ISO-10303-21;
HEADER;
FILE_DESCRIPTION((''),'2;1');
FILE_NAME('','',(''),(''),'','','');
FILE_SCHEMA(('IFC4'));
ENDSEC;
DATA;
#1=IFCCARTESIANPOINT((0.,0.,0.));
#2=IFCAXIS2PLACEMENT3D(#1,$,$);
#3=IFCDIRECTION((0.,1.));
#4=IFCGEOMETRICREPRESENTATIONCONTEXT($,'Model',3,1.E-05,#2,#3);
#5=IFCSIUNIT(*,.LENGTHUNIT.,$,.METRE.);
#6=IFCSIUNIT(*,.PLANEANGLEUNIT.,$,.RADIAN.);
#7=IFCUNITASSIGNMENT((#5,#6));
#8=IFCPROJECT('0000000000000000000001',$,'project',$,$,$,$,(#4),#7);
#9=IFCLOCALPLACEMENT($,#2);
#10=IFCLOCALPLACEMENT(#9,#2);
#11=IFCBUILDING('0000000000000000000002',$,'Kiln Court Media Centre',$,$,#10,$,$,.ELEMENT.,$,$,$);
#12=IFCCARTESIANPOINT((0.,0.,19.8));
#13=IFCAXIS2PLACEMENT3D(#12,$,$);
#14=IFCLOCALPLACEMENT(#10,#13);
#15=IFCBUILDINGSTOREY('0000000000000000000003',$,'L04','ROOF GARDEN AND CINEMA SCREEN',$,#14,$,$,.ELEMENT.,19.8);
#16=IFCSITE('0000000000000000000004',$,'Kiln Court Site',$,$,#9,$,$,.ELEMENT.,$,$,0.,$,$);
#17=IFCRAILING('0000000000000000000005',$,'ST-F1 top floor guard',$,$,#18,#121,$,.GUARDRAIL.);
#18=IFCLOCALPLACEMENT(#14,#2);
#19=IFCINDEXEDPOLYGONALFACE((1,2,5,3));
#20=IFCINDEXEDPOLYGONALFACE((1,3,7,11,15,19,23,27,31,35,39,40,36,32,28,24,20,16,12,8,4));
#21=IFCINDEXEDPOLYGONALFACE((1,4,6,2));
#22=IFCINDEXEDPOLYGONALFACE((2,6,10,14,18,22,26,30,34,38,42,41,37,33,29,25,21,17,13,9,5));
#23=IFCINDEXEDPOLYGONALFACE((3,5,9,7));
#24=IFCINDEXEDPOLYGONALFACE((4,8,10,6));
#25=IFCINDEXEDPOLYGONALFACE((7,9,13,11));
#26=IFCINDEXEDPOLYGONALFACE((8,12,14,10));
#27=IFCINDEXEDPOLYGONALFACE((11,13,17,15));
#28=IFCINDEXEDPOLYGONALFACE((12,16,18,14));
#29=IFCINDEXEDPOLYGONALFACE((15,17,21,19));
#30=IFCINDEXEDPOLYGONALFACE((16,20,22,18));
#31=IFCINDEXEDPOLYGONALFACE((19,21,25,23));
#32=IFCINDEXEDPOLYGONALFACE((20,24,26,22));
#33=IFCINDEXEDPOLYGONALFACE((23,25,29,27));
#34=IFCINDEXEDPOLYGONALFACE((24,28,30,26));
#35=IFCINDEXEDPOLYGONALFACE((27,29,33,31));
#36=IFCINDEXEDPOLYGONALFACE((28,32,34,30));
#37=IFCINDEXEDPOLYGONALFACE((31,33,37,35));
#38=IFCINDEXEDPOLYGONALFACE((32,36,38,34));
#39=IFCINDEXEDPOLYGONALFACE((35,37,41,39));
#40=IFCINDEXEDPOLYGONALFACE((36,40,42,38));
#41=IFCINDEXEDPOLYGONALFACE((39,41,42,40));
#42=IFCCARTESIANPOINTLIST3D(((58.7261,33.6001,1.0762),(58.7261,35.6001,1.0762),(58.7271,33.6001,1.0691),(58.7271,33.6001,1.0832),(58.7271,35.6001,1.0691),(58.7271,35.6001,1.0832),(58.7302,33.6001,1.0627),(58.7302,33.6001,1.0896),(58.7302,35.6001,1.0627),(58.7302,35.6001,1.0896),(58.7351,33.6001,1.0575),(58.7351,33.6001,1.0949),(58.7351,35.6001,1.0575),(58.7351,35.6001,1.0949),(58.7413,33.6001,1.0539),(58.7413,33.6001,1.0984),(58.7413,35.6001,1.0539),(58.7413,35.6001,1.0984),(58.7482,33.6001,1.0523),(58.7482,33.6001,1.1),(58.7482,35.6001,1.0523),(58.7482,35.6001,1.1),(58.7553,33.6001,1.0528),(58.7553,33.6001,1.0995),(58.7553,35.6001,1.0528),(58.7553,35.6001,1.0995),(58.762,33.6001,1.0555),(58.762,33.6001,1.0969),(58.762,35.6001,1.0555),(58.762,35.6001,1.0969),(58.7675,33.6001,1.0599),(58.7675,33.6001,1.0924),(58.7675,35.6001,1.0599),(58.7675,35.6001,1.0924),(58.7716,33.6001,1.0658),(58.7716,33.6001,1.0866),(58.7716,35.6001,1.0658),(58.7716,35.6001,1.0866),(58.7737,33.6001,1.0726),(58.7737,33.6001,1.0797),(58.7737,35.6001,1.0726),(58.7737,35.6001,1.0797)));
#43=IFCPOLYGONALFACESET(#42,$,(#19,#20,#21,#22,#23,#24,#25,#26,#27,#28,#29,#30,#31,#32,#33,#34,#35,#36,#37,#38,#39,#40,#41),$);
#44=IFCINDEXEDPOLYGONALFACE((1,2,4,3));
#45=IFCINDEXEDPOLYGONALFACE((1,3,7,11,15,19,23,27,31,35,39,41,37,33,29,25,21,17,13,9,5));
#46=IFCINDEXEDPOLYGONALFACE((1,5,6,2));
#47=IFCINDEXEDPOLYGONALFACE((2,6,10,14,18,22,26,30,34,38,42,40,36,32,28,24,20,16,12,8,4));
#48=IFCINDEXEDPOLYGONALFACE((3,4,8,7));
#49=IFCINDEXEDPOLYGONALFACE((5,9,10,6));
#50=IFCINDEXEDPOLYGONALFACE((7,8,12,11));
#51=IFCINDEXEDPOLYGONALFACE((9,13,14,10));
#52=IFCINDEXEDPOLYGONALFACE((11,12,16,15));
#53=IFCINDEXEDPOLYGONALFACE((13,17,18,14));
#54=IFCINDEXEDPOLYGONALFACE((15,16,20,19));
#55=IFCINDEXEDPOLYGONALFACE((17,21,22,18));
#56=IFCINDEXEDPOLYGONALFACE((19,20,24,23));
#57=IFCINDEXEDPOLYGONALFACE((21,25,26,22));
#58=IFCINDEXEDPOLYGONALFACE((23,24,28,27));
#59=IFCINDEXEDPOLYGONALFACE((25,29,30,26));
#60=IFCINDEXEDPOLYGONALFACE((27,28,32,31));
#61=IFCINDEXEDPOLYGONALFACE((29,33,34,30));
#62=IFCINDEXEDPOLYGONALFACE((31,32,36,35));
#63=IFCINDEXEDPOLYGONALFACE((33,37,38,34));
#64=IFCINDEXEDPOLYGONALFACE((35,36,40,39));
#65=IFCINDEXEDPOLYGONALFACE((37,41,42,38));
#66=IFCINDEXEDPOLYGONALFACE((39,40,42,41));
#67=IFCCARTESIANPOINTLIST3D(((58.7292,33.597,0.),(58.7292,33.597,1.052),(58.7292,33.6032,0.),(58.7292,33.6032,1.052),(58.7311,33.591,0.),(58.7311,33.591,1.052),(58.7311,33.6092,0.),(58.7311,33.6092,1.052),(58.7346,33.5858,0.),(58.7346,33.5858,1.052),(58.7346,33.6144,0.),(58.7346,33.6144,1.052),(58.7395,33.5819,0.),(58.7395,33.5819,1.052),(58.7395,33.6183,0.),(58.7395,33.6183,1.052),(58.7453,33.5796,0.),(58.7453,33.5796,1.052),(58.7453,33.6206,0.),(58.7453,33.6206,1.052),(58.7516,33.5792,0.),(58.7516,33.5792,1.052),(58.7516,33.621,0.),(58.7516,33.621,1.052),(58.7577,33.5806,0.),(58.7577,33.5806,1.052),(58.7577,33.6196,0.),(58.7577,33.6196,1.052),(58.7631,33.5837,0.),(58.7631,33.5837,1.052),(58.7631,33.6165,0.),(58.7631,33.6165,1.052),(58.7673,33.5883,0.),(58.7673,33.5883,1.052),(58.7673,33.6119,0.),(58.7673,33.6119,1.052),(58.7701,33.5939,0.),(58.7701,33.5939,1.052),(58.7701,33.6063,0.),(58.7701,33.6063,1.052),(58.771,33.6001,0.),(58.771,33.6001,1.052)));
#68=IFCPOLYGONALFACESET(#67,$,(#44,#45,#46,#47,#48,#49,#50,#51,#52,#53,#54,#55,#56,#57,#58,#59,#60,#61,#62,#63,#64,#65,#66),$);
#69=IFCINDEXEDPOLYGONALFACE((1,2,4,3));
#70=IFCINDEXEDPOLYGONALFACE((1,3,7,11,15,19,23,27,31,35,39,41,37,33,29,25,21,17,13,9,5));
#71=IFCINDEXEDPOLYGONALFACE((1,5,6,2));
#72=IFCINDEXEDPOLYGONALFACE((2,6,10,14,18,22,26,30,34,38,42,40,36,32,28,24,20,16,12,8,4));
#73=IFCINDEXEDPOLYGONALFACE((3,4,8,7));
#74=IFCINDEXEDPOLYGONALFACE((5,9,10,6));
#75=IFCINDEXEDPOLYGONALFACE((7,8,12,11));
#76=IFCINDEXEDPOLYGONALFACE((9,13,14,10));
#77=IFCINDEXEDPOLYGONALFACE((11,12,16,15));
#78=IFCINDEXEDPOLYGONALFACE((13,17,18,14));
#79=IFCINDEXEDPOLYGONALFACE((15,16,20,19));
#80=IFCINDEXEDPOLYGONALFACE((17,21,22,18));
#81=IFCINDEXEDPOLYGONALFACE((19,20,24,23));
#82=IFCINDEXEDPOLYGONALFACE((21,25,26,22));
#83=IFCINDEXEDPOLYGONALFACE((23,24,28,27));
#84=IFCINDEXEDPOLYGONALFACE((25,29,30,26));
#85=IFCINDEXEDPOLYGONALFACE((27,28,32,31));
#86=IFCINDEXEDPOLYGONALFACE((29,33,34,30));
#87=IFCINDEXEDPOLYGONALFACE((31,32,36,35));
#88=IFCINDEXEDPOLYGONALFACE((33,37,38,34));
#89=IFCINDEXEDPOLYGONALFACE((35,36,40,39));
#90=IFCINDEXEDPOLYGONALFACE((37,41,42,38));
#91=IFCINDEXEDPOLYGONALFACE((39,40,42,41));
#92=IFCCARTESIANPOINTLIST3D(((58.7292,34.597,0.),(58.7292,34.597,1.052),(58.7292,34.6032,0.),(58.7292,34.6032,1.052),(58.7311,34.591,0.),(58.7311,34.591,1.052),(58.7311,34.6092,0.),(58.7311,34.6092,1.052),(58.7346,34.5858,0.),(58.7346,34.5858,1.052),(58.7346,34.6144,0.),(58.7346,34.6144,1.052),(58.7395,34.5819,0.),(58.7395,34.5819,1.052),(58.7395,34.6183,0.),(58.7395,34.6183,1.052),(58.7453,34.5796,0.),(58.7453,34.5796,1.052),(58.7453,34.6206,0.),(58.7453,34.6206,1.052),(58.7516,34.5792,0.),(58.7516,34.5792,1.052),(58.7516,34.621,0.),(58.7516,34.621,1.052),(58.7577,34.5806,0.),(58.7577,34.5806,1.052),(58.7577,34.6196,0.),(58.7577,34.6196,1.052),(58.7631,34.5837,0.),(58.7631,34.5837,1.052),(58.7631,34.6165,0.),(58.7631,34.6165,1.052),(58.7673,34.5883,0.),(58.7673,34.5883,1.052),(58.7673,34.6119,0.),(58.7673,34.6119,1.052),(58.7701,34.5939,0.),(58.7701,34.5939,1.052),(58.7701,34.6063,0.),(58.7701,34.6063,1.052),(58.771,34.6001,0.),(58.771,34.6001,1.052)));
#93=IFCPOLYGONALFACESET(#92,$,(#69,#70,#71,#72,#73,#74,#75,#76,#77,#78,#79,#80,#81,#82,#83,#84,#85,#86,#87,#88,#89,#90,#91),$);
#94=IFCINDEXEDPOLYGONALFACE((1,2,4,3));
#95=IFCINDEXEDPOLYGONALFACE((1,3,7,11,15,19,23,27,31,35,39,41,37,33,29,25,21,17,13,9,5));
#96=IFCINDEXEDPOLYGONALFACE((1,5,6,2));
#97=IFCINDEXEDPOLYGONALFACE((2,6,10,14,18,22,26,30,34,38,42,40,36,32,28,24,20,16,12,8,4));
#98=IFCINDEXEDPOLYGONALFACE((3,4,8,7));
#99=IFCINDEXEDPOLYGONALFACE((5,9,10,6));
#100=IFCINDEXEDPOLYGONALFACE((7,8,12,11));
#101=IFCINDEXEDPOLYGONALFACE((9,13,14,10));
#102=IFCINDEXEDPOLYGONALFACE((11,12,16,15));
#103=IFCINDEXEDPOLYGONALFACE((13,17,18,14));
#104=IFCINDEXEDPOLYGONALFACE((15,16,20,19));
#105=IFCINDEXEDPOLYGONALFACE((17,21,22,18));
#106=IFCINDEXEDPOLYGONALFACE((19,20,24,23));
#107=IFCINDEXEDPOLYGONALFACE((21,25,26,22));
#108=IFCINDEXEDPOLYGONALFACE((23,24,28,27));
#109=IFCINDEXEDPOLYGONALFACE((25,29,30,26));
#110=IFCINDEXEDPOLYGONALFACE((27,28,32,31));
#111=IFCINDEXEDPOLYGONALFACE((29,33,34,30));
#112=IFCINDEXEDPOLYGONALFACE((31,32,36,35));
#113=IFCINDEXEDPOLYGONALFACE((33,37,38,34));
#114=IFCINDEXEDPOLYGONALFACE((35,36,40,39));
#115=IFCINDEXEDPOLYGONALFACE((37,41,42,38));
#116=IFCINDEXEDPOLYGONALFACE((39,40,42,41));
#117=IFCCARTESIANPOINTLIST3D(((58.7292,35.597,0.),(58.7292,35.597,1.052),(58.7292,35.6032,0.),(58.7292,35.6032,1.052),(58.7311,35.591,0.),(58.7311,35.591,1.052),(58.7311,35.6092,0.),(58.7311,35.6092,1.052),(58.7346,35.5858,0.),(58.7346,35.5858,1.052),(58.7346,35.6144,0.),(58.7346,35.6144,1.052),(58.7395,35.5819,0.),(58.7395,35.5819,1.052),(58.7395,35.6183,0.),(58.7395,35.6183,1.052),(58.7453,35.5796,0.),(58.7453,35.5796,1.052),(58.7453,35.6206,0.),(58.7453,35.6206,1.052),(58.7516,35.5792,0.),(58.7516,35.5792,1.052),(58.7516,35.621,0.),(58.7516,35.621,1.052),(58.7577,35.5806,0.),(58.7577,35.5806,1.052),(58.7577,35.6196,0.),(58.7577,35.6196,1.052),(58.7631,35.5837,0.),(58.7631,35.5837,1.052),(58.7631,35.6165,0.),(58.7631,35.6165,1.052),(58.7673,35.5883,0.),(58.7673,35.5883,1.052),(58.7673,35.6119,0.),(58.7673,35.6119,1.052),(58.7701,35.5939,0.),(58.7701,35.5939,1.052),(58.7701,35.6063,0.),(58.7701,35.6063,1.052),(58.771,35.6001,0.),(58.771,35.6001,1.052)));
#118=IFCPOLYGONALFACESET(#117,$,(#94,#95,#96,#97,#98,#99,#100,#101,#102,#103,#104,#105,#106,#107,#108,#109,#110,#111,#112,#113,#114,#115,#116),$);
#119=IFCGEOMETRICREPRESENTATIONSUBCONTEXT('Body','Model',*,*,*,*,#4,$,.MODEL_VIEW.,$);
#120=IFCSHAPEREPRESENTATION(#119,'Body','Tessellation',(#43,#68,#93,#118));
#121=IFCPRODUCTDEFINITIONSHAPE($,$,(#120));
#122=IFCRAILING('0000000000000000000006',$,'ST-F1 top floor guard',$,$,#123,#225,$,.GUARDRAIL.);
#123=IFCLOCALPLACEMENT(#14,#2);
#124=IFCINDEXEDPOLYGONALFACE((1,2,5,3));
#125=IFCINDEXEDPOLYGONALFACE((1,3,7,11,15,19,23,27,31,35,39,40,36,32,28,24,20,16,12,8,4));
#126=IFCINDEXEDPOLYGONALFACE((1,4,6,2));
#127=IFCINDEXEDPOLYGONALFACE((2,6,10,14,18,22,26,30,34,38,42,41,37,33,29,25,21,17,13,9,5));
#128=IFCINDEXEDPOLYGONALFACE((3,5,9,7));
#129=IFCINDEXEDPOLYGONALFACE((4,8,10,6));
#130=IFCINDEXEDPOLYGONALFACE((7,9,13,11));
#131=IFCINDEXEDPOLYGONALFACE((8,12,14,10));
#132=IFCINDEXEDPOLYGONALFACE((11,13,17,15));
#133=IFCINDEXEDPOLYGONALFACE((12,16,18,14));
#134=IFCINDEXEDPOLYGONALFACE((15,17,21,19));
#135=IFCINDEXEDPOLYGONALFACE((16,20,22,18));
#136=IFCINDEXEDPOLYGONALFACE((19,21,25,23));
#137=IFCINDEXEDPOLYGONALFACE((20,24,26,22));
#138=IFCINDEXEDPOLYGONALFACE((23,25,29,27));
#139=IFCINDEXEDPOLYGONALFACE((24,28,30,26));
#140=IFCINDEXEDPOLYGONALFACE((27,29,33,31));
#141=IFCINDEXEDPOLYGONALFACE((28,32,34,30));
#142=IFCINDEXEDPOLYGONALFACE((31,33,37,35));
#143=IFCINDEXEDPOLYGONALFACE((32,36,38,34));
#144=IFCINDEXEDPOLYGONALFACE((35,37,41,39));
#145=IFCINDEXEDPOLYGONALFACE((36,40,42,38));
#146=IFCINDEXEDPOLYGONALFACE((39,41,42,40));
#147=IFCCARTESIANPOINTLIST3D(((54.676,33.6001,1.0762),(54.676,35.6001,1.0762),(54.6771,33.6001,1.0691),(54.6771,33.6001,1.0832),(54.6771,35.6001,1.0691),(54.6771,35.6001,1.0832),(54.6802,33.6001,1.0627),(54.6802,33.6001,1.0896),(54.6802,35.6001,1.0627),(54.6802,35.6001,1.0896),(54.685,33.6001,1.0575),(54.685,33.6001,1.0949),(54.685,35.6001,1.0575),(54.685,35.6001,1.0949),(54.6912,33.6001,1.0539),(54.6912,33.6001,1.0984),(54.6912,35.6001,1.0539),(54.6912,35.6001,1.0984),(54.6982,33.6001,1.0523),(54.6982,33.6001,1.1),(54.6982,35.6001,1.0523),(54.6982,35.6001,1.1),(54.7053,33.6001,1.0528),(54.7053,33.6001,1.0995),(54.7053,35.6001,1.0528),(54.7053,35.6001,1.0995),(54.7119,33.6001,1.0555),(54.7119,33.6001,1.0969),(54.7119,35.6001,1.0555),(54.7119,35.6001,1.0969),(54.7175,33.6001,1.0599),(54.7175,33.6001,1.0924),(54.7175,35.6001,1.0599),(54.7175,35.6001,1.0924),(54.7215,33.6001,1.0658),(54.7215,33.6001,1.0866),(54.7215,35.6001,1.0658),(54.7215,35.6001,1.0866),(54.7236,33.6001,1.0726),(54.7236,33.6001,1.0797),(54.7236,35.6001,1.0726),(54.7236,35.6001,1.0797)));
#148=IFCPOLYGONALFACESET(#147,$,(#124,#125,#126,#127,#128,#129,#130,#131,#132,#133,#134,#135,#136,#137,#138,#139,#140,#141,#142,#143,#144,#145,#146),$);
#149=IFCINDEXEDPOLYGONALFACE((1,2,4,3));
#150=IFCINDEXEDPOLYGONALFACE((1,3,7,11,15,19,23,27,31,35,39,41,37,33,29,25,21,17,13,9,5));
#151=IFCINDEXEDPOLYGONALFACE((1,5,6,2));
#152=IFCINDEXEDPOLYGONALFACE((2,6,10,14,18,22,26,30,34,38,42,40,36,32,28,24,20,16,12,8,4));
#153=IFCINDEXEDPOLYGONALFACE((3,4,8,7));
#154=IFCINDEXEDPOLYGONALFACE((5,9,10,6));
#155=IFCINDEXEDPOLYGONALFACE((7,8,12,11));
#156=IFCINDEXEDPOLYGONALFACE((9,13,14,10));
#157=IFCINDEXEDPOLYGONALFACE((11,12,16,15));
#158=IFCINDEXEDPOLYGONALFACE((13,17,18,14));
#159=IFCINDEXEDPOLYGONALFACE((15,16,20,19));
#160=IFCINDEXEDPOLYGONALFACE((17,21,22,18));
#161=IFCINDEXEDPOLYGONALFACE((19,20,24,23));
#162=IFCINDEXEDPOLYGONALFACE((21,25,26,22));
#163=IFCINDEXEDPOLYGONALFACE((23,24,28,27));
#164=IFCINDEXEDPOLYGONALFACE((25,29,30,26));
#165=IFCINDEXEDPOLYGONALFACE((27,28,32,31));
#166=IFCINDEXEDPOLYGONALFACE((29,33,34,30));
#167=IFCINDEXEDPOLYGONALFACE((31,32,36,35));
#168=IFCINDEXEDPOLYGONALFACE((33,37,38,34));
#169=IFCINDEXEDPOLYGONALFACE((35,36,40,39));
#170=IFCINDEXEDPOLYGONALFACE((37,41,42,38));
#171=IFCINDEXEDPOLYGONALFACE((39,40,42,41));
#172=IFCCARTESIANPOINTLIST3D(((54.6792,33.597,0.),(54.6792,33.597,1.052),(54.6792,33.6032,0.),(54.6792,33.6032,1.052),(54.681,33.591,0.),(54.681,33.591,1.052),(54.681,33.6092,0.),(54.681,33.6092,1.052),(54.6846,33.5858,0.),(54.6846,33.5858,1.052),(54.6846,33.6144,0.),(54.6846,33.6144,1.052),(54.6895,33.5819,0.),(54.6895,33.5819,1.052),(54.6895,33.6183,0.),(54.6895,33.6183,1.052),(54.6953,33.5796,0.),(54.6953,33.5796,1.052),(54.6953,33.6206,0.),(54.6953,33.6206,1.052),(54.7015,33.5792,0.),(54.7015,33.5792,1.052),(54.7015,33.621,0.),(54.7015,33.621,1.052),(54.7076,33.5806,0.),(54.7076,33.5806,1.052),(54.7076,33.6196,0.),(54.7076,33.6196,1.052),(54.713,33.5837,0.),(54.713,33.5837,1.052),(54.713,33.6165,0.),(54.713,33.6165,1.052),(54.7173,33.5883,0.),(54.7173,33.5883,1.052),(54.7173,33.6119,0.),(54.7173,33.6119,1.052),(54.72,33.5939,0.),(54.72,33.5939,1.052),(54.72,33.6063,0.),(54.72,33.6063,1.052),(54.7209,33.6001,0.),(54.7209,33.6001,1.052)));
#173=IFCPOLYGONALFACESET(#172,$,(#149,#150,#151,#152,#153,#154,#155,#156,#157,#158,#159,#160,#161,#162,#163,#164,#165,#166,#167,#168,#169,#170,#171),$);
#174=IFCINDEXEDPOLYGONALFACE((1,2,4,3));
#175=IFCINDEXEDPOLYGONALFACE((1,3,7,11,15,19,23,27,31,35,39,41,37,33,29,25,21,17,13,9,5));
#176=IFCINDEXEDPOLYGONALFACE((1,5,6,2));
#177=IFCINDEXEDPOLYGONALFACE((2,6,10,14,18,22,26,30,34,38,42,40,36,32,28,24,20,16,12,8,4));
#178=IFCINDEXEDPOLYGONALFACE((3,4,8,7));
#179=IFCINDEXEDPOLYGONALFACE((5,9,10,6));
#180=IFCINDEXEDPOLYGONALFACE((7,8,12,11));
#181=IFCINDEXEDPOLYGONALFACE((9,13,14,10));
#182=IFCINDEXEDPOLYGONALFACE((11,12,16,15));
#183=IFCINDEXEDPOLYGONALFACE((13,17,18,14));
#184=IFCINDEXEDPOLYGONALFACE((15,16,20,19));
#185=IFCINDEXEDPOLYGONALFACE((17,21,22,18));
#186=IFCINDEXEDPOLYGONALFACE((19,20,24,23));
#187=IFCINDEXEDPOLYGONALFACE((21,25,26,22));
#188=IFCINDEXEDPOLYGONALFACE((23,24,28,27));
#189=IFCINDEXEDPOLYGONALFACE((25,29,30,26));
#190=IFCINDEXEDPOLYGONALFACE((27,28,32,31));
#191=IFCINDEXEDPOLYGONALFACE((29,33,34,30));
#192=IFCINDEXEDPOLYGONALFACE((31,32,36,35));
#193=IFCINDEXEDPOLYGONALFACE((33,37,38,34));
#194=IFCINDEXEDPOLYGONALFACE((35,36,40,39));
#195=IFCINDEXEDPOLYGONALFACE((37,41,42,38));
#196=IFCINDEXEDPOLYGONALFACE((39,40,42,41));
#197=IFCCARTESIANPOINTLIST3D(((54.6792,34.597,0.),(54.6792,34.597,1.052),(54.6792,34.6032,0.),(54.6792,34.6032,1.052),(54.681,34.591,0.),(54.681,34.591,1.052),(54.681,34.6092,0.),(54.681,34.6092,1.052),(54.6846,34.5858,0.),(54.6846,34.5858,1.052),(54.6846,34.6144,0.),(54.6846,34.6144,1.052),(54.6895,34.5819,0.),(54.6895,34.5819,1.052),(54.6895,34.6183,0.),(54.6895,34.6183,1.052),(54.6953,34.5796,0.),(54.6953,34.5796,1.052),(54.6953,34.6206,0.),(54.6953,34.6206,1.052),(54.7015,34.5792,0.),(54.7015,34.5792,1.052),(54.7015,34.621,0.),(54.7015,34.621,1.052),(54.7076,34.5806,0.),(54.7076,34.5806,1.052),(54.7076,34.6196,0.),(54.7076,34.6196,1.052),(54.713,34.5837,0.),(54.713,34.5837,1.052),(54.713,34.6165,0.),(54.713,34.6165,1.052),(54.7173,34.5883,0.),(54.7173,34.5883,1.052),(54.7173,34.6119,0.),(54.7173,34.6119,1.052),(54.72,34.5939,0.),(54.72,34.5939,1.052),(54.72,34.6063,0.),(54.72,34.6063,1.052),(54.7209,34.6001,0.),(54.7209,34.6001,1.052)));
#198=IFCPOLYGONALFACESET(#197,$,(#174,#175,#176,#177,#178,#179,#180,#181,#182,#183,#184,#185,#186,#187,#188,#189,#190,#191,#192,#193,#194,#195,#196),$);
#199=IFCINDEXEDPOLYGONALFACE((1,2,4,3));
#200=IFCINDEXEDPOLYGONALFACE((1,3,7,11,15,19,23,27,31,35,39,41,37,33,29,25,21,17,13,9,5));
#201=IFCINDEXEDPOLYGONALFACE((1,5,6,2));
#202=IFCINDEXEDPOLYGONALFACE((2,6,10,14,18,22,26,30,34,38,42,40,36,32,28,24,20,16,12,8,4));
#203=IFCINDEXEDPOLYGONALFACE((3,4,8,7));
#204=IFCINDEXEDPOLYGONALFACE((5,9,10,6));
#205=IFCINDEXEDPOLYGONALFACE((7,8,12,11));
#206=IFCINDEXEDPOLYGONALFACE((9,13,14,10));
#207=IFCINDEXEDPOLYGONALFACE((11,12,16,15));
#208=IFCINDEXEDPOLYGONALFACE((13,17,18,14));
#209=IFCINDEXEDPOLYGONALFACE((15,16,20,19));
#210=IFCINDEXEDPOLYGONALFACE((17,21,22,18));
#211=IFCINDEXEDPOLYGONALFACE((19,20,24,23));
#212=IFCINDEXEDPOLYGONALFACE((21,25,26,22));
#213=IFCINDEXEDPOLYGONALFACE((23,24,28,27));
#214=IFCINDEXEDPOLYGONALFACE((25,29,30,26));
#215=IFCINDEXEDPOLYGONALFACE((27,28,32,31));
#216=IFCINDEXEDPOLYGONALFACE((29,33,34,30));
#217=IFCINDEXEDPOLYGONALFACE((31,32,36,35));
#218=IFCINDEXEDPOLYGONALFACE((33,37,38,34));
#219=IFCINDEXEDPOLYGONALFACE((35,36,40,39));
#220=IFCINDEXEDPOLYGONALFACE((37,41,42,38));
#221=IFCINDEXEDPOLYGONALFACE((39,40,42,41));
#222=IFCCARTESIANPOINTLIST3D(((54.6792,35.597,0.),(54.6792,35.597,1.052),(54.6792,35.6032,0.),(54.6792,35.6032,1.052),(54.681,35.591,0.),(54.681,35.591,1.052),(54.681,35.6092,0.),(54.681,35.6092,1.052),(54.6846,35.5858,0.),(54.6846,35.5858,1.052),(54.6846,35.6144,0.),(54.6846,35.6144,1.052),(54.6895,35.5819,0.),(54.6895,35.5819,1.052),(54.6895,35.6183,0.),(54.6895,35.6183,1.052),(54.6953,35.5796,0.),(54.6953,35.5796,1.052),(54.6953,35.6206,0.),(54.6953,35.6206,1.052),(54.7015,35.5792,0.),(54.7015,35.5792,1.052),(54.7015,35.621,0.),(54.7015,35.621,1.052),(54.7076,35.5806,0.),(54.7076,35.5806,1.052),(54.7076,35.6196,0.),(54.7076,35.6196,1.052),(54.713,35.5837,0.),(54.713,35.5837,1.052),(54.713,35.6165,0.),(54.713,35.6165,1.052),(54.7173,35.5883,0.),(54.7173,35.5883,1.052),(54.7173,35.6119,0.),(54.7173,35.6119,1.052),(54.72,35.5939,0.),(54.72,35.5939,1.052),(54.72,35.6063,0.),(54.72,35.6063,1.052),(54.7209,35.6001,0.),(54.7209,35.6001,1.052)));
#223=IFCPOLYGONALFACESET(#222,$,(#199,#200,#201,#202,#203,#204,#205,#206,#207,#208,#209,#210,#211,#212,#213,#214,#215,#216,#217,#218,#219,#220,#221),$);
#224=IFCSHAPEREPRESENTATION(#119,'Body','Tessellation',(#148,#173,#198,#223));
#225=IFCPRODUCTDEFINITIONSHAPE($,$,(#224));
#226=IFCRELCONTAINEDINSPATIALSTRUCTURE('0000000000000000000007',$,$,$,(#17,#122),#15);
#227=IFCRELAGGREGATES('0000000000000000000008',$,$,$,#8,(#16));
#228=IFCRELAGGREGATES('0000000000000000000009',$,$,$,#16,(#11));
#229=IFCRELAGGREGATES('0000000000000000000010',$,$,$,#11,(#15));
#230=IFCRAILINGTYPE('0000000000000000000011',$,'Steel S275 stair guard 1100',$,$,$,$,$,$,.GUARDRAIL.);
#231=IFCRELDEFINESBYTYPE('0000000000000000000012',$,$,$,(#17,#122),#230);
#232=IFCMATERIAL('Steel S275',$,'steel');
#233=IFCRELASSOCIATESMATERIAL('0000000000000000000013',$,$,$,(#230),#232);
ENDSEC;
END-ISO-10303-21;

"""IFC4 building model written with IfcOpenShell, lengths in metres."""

from ifc_helpers import new_model, si_unit, direction, frame, origin, origin_2d, place, context, subcontext, project, spatial, circle, extrude, material, type_object, element, save


model = new_model("IFC4")

# Units and contexts
model_context = context("Model", 3, precision=1e-05, world=origin(), true_north=direction((0.0, 1.0)))
body_context = subcontext(model_context, "Body", "Model", "MODEL_VIEW")
ifc_project = project(units=[si_unit("LENGTHUNIT", "METRE"), si_unit("PLANEANGLEUNIT", "RADIAN")], contexts=[model_context])

# Site, building, storey
site_placement = place(None, origin())
site = spatial("IfcSite", under=ifc_project, at=site_placement, Name="Kiln Court Site", CompositionType="ELEMENT", RefElevation=0.0)
building_placement = place(site_placement, origin())
building = spatial("IfcBuilding", under=site, at=building_placement, Name="Kiln Court Media Centre", CompositionType="ELEMENT")
storey_placement = place(building_placement, frame((0.0, 0.0, 19.8)))
storey = spatial("IfcBuildingStorey", under=building, at=storey_placement, Name="L04", Description="ROOF GARDEN AND CINEMA SCREEN", CompositionType="ELEMENT", Elevation=19.8)

# Railings
ifc_material_1 = material(Name="Steel S275", Category="steel")
railing_type = type_object("IfcRailingType", Name="Steel S275 stair guard 1100", PredefinedType="GUARDRAIL", material=ifc_material_1)
for number, where, name in (
    (1, (58.75, 33.6001, 0.0), "ST-F1 top floor guard"),
    (2, (54.7, 33.6001, 0.0), "ST-F1 top floor guard"),
):
    element("IfcRailing", number, at=place(storey_placement, frame(where)), inside=storey, type_object=railing_type, Name=name, PredefinedType="GUARDRAIL", context=body_context, shape_type="SweptSolid", body=[
        extrude(circle(Radius=0.0239, at=origin_2d()), frame((0.0, 0.0, 1.0762), z_axis=(0.0, 1.0, 0.0), x_axis=(-1.0, 0.0, 0.0)), (0.0, 0.0, 1.0), 2.0),
        extrude(circle(Radius=0.021, at=origin_2d()), origin(), (0.0, 0.0, 1.0), 1.052),
        extrude(circle(Radius=0.021, at=origin_2d()), frame((0.0, 1.0, 0.0)), (0.0, 0.0, 1.0), 1.052),
        extrude(circle(Radius=0.021, at=origin_2d()), frame((0.0, 2.0, 0.0)), (0.0, 0.0, 1.0), 1.052),
    ])

save(model, "model.ifc")
